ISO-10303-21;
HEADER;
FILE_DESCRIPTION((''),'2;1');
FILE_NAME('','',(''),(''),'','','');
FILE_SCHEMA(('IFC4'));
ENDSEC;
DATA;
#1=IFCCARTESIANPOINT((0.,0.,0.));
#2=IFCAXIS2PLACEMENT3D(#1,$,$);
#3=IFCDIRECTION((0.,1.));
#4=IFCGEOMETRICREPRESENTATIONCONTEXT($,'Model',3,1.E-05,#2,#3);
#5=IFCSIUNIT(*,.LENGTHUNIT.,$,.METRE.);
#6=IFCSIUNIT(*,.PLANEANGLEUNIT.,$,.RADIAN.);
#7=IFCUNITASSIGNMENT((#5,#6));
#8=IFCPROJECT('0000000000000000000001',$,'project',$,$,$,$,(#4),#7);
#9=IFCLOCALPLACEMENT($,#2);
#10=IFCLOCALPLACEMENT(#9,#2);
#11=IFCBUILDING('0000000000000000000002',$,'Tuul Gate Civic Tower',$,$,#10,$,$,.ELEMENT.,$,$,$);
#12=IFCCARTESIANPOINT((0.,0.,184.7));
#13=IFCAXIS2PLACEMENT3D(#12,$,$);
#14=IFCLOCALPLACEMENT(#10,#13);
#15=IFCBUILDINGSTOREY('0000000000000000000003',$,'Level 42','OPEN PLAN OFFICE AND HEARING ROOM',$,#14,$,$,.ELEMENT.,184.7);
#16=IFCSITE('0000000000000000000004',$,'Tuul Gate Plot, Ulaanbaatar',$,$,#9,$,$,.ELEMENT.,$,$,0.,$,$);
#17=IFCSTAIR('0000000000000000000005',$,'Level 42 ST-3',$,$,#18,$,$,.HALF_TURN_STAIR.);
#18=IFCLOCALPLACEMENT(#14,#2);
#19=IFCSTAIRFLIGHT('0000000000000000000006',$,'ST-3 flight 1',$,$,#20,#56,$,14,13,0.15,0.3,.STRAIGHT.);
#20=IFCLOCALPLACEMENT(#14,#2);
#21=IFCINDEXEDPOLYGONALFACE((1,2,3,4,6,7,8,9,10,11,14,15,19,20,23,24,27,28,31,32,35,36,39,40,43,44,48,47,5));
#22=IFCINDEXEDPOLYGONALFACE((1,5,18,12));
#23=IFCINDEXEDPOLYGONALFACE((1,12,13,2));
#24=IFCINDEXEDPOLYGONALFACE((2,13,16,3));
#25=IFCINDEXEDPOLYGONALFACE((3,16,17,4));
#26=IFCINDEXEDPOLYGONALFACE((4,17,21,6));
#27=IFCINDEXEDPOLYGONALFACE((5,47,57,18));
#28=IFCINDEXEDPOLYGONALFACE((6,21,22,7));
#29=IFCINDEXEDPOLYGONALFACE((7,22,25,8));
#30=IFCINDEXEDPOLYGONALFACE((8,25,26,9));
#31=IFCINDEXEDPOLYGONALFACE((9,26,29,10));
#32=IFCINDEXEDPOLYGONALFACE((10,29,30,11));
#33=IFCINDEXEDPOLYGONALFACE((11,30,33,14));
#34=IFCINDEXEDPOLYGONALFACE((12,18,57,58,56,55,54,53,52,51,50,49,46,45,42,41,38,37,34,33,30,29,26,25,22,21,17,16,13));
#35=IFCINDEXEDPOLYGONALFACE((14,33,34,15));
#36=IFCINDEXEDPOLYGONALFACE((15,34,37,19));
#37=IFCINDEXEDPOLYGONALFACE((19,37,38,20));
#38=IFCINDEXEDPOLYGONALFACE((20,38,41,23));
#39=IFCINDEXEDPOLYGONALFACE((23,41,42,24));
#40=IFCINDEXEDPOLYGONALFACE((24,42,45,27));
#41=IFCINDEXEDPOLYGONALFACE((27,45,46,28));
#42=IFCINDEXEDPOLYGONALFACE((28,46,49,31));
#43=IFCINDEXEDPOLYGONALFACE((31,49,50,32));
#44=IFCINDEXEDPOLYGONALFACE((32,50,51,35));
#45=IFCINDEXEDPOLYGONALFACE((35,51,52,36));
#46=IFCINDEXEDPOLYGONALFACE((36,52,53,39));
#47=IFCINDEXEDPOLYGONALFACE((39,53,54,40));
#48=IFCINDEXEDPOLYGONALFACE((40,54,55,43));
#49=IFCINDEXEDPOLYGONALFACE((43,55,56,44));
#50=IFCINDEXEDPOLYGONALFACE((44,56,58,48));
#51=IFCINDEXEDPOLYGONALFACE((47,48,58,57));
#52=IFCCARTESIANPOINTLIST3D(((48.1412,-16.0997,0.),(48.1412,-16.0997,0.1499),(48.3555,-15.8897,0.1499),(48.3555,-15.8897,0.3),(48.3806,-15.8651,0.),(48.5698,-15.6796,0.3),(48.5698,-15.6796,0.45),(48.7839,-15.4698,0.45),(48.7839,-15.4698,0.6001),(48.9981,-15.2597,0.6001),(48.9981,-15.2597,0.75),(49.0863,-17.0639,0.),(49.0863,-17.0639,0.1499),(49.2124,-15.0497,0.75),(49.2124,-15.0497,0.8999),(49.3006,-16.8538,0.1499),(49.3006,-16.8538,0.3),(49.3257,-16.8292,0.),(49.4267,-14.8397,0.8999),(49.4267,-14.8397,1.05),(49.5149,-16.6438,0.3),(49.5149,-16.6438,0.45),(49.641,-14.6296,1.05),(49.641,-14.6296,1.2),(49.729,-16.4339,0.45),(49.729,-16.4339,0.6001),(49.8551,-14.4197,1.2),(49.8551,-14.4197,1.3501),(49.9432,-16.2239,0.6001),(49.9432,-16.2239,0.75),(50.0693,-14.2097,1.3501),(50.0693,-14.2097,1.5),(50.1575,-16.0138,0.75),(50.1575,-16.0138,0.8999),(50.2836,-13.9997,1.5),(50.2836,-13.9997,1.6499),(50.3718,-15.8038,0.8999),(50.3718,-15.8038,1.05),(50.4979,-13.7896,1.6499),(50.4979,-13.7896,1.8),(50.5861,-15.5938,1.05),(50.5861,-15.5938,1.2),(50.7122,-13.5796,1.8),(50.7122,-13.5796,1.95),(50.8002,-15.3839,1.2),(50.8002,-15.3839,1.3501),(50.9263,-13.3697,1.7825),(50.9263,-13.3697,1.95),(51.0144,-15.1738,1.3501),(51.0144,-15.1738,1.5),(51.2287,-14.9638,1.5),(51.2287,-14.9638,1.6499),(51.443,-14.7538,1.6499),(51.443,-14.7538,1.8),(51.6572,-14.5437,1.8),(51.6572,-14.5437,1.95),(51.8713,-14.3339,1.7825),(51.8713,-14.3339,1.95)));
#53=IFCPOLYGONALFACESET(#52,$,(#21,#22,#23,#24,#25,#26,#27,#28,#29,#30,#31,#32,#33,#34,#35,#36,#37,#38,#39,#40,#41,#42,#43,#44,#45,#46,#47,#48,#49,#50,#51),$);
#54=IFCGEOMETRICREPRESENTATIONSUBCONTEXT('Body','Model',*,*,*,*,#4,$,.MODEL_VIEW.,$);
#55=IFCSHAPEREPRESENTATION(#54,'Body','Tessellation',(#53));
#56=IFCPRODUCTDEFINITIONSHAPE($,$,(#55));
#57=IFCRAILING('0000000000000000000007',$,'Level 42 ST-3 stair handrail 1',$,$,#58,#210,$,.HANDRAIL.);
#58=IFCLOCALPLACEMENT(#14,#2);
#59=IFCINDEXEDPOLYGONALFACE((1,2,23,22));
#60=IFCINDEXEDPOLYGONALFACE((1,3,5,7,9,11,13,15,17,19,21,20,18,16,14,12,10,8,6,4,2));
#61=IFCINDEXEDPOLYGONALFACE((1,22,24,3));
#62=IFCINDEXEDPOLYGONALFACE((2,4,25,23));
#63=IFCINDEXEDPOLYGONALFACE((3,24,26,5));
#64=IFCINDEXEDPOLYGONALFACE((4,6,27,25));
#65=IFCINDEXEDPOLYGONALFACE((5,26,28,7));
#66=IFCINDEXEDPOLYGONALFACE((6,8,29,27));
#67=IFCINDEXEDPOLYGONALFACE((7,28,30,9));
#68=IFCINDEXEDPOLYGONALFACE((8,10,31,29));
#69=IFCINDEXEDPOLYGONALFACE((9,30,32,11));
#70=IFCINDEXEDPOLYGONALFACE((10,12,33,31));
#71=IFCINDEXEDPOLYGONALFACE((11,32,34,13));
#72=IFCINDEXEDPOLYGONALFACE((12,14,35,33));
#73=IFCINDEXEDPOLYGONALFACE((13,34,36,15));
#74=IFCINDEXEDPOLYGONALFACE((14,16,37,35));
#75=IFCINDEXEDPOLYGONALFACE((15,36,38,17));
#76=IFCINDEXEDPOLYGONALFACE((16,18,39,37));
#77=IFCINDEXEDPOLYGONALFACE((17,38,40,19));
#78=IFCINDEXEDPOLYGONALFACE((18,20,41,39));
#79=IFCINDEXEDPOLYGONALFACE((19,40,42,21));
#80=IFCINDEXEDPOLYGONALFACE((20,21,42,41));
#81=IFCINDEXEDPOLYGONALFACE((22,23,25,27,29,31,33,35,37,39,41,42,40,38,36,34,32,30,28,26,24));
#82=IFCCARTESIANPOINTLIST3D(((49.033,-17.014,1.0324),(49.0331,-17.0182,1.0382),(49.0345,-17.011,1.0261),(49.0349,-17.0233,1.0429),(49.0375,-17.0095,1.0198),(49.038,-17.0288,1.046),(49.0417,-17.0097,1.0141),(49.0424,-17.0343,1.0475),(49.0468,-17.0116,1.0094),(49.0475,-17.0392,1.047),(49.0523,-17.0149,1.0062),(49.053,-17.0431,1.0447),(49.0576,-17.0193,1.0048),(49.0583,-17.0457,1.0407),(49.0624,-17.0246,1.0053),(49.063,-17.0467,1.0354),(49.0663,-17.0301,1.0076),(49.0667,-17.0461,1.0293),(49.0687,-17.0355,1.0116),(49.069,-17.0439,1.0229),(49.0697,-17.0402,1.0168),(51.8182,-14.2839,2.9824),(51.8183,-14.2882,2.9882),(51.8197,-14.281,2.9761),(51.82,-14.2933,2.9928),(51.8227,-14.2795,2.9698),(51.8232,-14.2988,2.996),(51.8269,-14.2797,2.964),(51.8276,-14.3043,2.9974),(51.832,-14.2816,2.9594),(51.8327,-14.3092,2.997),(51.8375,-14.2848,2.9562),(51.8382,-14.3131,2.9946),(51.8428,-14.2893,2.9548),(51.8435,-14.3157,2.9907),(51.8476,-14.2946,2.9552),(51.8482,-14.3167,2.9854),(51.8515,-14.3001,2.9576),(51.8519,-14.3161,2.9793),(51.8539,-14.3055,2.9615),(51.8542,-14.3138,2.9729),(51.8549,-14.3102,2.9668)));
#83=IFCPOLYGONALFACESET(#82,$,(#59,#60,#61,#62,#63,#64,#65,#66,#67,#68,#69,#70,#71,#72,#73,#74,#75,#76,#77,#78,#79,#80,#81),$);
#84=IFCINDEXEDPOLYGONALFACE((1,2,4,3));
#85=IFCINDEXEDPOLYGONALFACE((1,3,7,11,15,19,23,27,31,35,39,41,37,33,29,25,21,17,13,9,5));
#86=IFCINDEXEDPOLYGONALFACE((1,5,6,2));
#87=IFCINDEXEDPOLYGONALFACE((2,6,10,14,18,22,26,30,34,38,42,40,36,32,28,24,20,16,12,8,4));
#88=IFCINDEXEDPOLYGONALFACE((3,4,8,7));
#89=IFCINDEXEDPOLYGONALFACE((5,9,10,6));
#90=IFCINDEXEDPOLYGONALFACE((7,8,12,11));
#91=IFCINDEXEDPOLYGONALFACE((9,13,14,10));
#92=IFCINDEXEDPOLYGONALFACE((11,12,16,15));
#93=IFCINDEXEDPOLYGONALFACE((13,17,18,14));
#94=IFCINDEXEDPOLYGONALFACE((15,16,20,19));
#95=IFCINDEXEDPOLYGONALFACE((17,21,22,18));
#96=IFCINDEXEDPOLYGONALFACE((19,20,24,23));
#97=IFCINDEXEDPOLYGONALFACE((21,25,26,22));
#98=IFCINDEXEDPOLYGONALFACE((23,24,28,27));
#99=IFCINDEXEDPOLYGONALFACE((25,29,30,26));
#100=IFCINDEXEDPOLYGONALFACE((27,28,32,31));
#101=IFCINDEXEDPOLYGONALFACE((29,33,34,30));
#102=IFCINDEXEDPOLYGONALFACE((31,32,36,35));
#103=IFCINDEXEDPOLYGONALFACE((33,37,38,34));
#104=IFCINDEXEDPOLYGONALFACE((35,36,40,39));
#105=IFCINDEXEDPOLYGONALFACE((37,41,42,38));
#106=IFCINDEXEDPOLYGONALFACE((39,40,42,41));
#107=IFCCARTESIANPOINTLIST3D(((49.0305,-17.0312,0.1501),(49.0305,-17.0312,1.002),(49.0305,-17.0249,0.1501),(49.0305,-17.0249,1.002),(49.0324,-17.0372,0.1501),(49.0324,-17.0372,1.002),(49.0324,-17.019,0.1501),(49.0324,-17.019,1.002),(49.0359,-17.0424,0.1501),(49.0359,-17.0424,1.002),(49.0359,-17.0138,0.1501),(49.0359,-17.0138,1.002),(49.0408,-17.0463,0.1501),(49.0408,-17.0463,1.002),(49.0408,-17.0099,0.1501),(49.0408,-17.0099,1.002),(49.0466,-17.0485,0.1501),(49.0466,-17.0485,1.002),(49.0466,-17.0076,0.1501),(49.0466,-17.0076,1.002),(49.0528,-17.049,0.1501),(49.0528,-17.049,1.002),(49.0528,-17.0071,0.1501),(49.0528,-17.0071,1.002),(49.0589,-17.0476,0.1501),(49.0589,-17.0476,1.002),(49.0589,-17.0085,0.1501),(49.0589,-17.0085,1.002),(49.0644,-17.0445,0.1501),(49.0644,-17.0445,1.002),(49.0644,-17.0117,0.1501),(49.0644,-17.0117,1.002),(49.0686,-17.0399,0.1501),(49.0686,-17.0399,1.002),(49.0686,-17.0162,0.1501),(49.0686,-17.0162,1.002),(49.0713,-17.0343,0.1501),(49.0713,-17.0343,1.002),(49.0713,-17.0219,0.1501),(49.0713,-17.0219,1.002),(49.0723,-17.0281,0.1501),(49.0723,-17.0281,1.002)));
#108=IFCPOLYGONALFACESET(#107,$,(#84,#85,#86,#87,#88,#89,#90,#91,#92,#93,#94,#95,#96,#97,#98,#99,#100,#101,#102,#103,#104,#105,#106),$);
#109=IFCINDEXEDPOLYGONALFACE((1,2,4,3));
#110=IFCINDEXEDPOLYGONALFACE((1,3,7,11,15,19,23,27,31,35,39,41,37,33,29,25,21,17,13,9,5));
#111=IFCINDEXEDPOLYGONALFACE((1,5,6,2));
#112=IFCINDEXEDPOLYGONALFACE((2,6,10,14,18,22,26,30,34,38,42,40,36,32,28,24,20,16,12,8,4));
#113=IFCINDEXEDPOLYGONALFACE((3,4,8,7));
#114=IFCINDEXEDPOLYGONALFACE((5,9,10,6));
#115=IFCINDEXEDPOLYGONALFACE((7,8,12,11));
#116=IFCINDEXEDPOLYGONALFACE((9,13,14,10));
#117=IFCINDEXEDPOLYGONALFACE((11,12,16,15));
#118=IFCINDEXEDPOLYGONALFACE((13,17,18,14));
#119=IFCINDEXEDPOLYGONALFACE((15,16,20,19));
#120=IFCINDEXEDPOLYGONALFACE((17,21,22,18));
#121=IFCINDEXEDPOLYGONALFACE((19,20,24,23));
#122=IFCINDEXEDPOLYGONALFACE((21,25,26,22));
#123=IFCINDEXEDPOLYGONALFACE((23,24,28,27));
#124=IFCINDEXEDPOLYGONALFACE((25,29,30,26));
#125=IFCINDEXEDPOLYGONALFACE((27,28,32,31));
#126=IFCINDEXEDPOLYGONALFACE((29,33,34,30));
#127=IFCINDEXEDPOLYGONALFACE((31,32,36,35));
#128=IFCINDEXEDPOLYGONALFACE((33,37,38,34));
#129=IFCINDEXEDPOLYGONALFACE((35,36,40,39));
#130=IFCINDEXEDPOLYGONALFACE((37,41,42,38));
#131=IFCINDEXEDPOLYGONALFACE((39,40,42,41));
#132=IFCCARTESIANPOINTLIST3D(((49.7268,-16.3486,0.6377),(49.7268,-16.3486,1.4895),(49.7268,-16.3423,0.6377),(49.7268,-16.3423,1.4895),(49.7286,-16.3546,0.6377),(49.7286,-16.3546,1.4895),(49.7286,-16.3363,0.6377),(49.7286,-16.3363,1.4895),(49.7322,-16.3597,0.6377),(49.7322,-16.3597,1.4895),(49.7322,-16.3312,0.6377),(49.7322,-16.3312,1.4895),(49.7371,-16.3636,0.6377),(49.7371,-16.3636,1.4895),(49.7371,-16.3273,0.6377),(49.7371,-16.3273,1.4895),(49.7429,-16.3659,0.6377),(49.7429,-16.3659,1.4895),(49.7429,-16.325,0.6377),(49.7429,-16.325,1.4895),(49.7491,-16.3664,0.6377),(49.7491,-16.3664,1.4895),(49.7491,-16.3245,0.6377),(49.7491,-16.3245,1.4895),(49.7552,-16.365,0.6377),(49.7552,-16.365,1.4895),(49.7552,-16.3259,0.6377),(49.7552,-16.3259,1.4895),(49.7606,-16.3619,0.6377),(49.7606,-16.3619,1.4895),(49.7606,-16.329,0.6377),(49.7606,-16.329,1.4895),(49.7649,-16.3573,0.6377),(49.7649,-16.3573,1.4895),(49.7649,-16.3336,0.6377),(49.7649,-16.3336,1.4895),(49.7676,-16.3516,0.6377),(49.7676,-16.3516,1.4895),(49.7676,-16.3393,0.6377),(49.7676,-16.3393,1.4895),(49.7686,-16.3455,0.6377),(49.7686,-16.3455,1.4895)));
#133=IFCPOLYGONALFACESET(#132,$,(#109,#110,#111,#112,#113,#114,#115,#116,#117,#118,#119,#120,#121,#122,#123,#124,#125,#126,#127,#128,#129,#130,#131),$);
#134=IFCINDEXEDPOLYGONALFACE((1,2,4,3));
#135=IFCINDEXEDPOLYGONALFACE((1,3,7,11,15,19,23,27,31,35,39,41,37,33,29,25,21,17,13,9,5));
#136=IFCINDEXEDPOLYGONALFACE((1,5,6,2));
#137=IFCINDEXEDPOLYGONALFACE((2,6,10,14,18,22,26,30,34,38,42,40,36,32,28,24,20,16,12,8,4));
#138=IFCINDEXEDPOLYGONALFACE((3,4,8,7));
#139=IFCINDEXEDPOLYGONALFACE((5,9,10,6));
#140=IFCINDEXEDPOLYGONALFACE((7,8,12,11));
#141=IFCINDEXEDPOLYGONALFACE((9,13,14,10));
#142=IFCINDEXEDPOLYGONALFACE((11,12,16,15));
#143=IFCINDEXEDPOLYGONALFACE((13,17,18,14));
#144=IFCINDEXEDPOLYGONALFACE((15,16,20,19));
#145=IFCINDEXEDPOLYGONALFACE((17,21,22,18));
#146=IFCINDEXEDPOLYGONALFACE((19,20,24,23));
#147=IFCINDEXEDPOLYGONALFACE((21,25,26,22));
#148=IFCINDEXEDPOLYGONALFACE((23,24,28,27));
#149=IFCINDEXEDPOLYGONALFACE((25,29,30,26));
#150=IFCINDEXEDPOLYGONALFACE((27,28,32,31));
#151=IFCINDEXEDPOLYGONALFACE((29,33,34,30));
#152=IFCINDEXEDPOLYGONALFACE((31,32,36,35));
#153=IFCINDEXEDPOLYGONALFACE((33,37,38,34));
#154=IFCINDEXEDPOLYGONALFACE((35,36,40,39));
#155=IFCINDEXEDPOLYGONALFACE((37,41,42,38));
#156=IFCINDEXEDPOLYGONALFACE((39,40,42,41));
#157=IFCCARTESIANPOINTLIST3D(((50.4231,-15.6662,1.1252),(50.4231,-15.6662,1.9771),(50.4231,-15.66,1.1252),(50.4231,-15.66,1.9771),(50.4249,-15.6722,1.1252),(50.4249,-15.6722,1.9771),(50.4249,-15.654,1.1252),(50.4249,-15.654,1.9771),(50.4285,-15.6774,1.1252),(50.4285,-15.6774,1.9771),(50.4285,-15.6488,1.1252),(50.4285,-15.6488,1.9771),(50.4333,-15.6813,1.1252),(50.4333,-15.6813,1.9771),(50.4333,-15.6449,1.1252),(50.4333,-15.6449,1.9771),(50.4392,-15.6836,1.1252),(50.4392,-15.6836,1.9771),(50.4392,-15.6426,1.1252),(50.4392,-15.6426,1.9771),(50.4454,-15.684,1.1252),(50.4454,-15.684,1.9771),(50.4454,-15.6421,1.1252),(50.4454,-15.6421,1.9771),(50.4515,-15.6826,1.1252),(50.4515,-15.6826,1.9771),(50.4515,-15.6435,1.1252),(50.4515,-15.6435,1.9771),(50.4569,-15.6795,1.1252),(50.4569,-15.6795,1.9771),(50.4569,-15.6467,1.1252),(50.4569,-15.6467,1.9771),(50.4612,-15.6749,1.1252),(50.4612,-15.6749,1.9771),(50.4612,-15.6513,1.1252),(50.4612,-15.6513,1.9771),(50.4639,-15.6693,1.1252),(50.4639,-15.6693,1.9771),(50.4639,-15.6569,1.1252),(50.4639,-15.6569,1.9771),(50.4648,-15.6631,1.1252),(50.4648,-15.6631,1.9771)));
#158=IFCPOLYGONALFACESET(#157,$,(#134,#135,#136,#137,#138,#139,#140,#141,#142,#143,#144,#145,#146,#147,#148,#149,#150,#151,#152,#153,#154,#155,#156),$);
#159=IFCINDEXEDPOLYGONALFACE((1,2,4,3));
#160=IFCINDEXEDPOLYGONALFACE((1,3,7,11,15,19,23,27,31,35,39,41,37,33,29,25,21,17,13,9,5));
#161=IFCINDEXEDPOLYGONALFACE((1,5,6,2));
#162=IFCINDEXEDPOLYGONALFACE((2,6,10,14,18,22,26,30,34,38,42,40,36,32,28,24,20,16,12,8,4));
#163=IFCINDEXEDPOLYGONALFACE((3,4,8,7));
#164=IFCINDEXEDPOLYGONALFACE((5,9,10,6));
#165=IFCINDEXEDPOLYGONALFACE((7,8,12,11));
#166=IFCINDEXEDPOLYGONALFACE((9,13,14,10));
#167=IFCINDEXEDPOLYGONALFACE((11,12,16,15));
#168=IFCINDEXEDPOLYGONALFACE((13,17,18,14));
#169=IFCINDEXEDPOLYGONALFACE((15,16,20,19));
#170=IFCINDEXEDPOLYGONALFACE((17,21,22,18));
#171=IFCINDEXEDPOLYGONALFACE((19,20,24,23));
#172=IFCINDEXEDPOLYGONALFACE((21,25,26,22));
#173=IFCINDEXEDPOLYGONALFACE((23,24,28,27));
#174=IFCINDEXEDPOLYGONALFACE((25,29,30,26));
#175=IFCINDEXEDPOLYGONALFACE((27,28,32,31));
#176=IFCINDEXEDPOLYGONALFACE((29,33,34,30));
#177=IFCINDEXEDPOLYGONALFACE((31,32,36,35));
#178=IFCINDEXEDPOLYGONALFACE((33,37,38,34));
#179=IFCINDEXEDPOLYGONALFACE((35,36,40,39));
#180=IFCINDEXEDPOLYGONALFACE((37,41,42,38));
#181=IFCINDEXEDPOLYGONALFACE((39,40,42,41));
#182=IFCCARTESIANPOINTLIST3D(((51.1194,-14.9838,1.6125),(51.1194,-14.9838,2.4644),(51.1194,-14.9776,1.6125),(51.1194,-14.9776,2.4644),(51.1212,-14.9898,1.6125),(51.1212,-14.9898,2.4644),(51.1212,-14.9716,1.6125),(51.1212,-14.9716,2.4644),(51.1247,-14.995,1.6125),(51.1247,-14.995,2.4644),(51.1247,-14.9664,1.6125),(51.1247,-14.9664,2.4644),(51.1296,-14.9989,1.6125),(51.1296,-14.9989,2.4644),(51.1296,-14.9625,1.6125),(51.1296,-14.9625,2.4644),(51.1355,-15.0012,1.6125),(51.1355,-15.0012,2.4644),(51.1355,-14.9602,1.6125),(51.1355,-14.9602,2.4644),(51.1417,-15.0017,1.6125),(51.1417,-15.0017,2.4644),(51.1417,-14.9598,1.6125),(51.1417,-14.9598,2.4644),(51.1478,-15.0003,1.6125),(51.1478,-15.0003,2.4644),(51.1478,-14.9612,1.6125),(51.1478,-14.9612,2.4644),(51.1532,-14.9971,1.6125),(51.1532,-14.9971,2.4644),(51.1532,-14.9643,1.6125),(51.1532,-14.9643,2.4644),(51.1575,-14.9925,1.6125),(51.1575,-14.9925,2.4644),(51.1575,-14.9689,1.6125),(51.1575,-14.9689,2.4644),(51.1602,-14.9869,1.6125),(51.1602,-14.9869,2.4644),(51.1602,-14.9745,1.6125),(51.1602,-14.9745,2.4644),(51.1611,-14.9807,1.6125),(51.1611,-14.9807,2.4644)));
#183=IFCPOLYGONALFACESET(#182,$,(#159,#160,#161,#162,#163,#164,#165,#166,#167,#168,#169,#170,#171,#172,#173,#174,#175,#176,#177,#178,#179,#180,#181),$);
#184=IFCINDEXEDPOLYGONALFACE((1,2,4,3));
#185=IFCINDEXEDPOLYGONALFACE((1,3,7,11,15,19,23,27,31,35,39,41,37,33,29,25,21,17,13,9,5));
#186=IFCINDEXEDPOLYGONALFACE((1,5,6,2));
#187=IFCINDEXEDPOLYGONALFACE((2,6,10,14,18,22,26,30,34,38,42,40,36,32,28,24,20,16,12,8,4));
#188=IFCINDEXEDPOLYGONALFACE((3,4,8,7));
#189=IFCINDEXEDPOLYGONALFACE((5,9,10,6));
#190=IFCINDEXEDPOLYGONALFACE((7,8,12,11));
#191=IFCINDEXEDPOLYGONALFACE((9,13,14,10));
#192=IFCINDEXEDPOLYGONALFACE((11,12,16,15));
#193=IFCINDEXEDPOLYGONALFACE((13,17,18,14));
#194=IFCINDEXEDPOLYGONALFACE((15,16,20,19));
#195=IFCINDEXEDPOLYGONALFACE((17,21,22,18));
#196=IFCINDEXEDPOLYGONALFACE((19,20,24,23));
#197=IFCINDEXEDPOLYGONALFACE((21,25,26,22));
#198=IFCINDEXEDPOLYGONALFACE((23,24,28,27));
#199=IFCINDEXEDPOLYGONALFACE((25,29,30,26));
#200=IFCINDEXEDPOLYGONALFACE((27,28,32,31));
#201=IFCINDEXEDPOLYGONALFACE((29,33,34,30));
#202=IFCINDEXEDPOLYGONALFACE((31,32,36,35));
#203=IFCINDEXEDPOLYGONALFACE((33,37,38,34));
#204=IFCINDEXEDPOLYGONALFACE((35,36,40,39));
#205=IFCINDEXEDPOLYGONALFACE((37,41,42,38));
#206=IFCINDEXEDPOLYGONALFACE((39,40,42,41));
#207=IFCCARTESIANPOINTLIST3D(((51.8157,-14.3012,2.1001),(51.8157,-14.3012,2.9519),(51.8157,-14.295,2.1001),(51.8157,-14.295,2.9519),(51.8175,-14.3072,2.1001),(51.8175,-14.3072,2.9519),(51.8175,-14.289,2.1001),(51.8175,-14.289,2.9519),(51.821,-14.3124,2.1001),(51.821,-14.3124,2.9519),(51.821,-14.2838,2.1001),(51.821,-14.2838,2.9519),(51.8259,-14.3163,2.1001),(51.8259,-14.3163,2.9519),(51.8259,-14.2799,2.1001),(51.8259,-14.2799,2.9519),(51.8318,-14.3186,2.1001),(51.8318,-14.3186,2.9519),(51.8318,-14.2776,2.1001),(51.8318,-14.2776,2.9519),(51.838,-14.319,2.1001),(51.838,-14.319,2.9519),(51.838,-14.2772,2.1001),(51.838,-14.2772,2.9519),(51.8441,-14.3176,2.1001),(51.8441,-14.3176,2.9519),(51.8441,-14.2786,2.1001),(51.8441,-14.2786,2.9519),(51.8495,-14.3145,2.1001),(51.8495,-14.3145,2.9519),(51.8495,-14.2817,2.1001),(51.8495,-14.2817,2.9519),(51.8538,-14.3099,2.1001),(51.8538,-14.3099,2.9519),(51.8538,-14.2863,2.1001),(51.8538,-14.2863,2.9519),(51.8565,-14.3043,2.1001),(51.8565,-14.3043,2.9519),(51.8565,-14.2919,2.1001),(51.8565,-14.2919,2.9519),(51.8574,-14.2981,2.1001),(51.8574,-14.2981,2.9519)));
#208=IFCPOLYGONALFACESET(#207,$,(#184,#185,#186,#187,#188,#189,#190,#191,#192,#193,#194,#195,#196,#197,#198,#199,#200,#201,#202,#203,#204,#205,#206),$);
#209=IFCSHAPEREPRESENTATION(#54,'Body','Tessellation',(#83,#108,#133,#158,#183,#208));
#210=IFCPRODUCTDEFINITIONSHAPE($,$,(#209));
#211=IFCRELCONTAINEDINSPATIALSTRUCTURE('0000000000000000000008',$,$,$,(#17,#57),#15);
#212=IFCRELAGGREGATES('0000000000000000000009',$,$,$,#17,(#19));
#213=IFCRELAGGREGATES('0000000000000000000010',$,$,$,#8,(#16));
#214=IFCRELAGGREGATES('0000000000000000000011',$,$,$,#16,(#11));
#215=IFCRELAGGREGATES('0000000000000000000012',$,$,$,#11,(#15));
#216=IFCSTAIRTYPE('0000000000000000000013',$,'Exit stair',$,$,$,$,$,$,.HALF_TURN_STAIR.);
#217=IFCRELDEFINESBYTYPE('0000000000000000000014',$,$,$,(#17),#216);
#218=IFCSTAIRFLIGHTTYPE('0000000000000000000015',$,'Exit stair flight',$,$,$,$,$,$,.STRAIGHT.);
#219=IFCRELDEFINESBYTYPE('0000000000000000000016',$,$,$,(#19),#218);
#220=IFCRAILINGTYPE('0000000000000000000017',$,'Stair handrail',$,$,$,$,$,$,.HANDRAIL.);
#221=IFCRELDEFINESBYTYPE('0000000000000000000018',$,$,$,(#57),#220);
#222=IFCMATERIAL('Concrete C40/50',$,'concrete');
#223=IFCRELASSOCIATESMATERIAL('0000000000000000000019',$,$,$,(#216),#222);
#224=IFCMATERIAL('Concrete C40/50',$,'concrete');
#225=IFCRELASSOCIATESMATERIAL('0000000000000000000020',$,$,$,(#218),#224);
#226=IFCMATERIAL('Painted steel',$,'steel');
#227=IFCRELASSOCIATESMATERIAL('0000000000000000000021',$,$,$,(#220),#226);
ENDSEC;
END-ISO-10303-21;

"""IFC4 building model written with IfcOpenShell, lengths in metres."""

from ifc_helpers import new_model, si_unit, direction, frame, origin, origin_2d, place, context, subcontext, project, spatial, polyline, circle, outline, extrude, material, type_object, element, aggregate, save


model = new_model("IFC4")

# Units and contexts
model_context = context("Model", 3, precision=1e-05, world=origin(), true_north=direction((0.0, 1.0)))
body_context = subcontext(model_context, "Body", "Model", "MODEL_VIEW")
ifc_project = project(units=[si_unit("LENGTHUNIT", "METRE"), si_unit("PLANEANGLEUNIT", "RADIAN")], contexts=[model_context])

# Site, building, storey
site_placement = place(None, origin())
site = spatial("IfcSite", under=ifc_project, at=site_placement, Name="Tuul Gate Plot, Ulaanbaatar", CompositionType="ELEMENT", RefElevation=0.0)
building_placement = place(site_placement, origin())
building = spatial("IfcBuilding", under=site, at=building_placement, Name="Tuul Gate Civic Tower", CompositionType="ELEMENT")
storey_placement = place(building_placement, frame((0.0, 0.0, 184.7)))
storey = spatial("IfcBuildingStorey", under=building, at=storey_placement, Name="Level 42", Description="OPEN PLAN OFFICE AND HEARING ROOM", CompositionType="ELEMENT", Elevation=184.7)

# Stair, stair flight
ifc_material_1 = material(Name="Concrete C40/50", Category="concrete")
stair_type = type_object("IfcStairType", Name="Exit stair", PredefinedType="HALF_TURN_STAIR", material=ifc_material_1)
stair_placement = place(storey_placement, origin())
stair = element("IfcStair", 1, at=stair_placement, inside=storey, type_object=stair_type, Name="Level 42 ST-3", PredefinedType="HALF_TURN_STAIR")
ifc_material_2 = material(Name="Concrete C40/50", Category="concrete")
stair_flight_type = type_object("IfcStairFlightType", Name="Exit stair flight", PredefinedType="STRAIGHT", material=ifc_material_2)
stair_flight_placement = place(storey_placement, frame((48.6138, -16.5818, 0.0), z_axis=(0.0, 0.0, 1.0), x_axis=(0.714127, 0.700016, 0.0)))
stair_flight = element("IfcStairFlight", 2, at=stair_flight_placement, type_object=stair_flight_type, Name="ST-3 flight 1", NumberOfRisers=14, NumberOfTreads=13, PredefinedType="STRAIGHT", RiserHeight=0.15, TreadLength=0.3, context=body_context, shape_type="SweptSolid", body=[
    extrude(outline(polyline([(0.0, 0.0), (0.0, 0.1499), (0.3, 0.1499), (0.3, 0.3), (0.6001, 0.3), (0.6001, 0.45), (0.8999, 0.45), (0.8999, 0.6001), (1.2, 0.6001), (1.2, 0.75), (1.5, 0.75), (1.5, 0.8999), (1.8, 0.8999), (1.8, 1.05), (2.1001, 1.05), (2.1001, 1.2), (2.3999, 1.2), (2.3999, 1.3501), (2.7, 1.3501), (2.7, 1.5), (3.0, 1.5), (3.0, 1.6499), (3.3, 1.6499), (3.3, 1.8), (3.6001, 1.8), (3.6001, 1.95), (3.8999, 1.95), (3.8999, 2.1001), (3.8999, 1.7825), (0.3352, 0.0), (0.0, 0.0)])), frame((0.0, 0.675, 0.0), z_axis=(0.0, -1.0, 0.0), x_axis=(1.0, 0.0, 0.0)), (0.0, 0.0, 1.0), 1.3501),
])
aggregate(stair, [stair_flight])

# Railing
ifc_material_3 = material(Name="Painted steel", Category="steel")
railing_type_1 = type_object("IfcRailingType", Name="Stair handrail", PredefinedType="HANDRAIL", material=ifc_material_3)
railing_1_placement = place(storey_placement, frame((49.0513, -17.0281, 0.1501)))
element("IfcRailing", 3, at=railing_1_placement, inside=storey, type_object=railing_type_1, Name="Level 42 ST-3 stair handrail 1", PredefinedType="HANDRAIL", context=body_context, shape_type="SweptSolid", body=[
    extrude(circle(Radius=0.0239, at=origin_2d()), frame((0.0, 0.0, 0.876), z_axis=(0.638754, 0.6261, 0.447206), x_axis=(-0.699998, 0.714145, 0.0)), (0.0, 0.0, 1.0), 4.3604),
    extrude(circle(Radius=0.021, at=origin_2d()), origin(), (0.0, 0.0, 1.0), 0.8518),
    extrude(circle(Radius=0.021, at=origin_2d()), frame((0.6963, 0.6826, 0.4875)), (0.0, 0.0, 1.0), 0.8518),
    extrude(circle(Radius=0.021, at=origin_2d()), frame((1.3926, 1.365, 0.9751)), (0.0, 0.0, 1.0), 0.8518),
    extrude(circle(Radius=0.021, at=origin_2d()), frame((2.0889, 2.0474, 1.4624)), (0.0, 0.0, 1.0), 0.8518),
    extrude(circle(Radius=0.021, at=origin_2d()), frame((2.7852, 2.73, 1.95)), (0.0, 0.0, 1.0), 0.8518),
])

save(model, "model.ifc")
